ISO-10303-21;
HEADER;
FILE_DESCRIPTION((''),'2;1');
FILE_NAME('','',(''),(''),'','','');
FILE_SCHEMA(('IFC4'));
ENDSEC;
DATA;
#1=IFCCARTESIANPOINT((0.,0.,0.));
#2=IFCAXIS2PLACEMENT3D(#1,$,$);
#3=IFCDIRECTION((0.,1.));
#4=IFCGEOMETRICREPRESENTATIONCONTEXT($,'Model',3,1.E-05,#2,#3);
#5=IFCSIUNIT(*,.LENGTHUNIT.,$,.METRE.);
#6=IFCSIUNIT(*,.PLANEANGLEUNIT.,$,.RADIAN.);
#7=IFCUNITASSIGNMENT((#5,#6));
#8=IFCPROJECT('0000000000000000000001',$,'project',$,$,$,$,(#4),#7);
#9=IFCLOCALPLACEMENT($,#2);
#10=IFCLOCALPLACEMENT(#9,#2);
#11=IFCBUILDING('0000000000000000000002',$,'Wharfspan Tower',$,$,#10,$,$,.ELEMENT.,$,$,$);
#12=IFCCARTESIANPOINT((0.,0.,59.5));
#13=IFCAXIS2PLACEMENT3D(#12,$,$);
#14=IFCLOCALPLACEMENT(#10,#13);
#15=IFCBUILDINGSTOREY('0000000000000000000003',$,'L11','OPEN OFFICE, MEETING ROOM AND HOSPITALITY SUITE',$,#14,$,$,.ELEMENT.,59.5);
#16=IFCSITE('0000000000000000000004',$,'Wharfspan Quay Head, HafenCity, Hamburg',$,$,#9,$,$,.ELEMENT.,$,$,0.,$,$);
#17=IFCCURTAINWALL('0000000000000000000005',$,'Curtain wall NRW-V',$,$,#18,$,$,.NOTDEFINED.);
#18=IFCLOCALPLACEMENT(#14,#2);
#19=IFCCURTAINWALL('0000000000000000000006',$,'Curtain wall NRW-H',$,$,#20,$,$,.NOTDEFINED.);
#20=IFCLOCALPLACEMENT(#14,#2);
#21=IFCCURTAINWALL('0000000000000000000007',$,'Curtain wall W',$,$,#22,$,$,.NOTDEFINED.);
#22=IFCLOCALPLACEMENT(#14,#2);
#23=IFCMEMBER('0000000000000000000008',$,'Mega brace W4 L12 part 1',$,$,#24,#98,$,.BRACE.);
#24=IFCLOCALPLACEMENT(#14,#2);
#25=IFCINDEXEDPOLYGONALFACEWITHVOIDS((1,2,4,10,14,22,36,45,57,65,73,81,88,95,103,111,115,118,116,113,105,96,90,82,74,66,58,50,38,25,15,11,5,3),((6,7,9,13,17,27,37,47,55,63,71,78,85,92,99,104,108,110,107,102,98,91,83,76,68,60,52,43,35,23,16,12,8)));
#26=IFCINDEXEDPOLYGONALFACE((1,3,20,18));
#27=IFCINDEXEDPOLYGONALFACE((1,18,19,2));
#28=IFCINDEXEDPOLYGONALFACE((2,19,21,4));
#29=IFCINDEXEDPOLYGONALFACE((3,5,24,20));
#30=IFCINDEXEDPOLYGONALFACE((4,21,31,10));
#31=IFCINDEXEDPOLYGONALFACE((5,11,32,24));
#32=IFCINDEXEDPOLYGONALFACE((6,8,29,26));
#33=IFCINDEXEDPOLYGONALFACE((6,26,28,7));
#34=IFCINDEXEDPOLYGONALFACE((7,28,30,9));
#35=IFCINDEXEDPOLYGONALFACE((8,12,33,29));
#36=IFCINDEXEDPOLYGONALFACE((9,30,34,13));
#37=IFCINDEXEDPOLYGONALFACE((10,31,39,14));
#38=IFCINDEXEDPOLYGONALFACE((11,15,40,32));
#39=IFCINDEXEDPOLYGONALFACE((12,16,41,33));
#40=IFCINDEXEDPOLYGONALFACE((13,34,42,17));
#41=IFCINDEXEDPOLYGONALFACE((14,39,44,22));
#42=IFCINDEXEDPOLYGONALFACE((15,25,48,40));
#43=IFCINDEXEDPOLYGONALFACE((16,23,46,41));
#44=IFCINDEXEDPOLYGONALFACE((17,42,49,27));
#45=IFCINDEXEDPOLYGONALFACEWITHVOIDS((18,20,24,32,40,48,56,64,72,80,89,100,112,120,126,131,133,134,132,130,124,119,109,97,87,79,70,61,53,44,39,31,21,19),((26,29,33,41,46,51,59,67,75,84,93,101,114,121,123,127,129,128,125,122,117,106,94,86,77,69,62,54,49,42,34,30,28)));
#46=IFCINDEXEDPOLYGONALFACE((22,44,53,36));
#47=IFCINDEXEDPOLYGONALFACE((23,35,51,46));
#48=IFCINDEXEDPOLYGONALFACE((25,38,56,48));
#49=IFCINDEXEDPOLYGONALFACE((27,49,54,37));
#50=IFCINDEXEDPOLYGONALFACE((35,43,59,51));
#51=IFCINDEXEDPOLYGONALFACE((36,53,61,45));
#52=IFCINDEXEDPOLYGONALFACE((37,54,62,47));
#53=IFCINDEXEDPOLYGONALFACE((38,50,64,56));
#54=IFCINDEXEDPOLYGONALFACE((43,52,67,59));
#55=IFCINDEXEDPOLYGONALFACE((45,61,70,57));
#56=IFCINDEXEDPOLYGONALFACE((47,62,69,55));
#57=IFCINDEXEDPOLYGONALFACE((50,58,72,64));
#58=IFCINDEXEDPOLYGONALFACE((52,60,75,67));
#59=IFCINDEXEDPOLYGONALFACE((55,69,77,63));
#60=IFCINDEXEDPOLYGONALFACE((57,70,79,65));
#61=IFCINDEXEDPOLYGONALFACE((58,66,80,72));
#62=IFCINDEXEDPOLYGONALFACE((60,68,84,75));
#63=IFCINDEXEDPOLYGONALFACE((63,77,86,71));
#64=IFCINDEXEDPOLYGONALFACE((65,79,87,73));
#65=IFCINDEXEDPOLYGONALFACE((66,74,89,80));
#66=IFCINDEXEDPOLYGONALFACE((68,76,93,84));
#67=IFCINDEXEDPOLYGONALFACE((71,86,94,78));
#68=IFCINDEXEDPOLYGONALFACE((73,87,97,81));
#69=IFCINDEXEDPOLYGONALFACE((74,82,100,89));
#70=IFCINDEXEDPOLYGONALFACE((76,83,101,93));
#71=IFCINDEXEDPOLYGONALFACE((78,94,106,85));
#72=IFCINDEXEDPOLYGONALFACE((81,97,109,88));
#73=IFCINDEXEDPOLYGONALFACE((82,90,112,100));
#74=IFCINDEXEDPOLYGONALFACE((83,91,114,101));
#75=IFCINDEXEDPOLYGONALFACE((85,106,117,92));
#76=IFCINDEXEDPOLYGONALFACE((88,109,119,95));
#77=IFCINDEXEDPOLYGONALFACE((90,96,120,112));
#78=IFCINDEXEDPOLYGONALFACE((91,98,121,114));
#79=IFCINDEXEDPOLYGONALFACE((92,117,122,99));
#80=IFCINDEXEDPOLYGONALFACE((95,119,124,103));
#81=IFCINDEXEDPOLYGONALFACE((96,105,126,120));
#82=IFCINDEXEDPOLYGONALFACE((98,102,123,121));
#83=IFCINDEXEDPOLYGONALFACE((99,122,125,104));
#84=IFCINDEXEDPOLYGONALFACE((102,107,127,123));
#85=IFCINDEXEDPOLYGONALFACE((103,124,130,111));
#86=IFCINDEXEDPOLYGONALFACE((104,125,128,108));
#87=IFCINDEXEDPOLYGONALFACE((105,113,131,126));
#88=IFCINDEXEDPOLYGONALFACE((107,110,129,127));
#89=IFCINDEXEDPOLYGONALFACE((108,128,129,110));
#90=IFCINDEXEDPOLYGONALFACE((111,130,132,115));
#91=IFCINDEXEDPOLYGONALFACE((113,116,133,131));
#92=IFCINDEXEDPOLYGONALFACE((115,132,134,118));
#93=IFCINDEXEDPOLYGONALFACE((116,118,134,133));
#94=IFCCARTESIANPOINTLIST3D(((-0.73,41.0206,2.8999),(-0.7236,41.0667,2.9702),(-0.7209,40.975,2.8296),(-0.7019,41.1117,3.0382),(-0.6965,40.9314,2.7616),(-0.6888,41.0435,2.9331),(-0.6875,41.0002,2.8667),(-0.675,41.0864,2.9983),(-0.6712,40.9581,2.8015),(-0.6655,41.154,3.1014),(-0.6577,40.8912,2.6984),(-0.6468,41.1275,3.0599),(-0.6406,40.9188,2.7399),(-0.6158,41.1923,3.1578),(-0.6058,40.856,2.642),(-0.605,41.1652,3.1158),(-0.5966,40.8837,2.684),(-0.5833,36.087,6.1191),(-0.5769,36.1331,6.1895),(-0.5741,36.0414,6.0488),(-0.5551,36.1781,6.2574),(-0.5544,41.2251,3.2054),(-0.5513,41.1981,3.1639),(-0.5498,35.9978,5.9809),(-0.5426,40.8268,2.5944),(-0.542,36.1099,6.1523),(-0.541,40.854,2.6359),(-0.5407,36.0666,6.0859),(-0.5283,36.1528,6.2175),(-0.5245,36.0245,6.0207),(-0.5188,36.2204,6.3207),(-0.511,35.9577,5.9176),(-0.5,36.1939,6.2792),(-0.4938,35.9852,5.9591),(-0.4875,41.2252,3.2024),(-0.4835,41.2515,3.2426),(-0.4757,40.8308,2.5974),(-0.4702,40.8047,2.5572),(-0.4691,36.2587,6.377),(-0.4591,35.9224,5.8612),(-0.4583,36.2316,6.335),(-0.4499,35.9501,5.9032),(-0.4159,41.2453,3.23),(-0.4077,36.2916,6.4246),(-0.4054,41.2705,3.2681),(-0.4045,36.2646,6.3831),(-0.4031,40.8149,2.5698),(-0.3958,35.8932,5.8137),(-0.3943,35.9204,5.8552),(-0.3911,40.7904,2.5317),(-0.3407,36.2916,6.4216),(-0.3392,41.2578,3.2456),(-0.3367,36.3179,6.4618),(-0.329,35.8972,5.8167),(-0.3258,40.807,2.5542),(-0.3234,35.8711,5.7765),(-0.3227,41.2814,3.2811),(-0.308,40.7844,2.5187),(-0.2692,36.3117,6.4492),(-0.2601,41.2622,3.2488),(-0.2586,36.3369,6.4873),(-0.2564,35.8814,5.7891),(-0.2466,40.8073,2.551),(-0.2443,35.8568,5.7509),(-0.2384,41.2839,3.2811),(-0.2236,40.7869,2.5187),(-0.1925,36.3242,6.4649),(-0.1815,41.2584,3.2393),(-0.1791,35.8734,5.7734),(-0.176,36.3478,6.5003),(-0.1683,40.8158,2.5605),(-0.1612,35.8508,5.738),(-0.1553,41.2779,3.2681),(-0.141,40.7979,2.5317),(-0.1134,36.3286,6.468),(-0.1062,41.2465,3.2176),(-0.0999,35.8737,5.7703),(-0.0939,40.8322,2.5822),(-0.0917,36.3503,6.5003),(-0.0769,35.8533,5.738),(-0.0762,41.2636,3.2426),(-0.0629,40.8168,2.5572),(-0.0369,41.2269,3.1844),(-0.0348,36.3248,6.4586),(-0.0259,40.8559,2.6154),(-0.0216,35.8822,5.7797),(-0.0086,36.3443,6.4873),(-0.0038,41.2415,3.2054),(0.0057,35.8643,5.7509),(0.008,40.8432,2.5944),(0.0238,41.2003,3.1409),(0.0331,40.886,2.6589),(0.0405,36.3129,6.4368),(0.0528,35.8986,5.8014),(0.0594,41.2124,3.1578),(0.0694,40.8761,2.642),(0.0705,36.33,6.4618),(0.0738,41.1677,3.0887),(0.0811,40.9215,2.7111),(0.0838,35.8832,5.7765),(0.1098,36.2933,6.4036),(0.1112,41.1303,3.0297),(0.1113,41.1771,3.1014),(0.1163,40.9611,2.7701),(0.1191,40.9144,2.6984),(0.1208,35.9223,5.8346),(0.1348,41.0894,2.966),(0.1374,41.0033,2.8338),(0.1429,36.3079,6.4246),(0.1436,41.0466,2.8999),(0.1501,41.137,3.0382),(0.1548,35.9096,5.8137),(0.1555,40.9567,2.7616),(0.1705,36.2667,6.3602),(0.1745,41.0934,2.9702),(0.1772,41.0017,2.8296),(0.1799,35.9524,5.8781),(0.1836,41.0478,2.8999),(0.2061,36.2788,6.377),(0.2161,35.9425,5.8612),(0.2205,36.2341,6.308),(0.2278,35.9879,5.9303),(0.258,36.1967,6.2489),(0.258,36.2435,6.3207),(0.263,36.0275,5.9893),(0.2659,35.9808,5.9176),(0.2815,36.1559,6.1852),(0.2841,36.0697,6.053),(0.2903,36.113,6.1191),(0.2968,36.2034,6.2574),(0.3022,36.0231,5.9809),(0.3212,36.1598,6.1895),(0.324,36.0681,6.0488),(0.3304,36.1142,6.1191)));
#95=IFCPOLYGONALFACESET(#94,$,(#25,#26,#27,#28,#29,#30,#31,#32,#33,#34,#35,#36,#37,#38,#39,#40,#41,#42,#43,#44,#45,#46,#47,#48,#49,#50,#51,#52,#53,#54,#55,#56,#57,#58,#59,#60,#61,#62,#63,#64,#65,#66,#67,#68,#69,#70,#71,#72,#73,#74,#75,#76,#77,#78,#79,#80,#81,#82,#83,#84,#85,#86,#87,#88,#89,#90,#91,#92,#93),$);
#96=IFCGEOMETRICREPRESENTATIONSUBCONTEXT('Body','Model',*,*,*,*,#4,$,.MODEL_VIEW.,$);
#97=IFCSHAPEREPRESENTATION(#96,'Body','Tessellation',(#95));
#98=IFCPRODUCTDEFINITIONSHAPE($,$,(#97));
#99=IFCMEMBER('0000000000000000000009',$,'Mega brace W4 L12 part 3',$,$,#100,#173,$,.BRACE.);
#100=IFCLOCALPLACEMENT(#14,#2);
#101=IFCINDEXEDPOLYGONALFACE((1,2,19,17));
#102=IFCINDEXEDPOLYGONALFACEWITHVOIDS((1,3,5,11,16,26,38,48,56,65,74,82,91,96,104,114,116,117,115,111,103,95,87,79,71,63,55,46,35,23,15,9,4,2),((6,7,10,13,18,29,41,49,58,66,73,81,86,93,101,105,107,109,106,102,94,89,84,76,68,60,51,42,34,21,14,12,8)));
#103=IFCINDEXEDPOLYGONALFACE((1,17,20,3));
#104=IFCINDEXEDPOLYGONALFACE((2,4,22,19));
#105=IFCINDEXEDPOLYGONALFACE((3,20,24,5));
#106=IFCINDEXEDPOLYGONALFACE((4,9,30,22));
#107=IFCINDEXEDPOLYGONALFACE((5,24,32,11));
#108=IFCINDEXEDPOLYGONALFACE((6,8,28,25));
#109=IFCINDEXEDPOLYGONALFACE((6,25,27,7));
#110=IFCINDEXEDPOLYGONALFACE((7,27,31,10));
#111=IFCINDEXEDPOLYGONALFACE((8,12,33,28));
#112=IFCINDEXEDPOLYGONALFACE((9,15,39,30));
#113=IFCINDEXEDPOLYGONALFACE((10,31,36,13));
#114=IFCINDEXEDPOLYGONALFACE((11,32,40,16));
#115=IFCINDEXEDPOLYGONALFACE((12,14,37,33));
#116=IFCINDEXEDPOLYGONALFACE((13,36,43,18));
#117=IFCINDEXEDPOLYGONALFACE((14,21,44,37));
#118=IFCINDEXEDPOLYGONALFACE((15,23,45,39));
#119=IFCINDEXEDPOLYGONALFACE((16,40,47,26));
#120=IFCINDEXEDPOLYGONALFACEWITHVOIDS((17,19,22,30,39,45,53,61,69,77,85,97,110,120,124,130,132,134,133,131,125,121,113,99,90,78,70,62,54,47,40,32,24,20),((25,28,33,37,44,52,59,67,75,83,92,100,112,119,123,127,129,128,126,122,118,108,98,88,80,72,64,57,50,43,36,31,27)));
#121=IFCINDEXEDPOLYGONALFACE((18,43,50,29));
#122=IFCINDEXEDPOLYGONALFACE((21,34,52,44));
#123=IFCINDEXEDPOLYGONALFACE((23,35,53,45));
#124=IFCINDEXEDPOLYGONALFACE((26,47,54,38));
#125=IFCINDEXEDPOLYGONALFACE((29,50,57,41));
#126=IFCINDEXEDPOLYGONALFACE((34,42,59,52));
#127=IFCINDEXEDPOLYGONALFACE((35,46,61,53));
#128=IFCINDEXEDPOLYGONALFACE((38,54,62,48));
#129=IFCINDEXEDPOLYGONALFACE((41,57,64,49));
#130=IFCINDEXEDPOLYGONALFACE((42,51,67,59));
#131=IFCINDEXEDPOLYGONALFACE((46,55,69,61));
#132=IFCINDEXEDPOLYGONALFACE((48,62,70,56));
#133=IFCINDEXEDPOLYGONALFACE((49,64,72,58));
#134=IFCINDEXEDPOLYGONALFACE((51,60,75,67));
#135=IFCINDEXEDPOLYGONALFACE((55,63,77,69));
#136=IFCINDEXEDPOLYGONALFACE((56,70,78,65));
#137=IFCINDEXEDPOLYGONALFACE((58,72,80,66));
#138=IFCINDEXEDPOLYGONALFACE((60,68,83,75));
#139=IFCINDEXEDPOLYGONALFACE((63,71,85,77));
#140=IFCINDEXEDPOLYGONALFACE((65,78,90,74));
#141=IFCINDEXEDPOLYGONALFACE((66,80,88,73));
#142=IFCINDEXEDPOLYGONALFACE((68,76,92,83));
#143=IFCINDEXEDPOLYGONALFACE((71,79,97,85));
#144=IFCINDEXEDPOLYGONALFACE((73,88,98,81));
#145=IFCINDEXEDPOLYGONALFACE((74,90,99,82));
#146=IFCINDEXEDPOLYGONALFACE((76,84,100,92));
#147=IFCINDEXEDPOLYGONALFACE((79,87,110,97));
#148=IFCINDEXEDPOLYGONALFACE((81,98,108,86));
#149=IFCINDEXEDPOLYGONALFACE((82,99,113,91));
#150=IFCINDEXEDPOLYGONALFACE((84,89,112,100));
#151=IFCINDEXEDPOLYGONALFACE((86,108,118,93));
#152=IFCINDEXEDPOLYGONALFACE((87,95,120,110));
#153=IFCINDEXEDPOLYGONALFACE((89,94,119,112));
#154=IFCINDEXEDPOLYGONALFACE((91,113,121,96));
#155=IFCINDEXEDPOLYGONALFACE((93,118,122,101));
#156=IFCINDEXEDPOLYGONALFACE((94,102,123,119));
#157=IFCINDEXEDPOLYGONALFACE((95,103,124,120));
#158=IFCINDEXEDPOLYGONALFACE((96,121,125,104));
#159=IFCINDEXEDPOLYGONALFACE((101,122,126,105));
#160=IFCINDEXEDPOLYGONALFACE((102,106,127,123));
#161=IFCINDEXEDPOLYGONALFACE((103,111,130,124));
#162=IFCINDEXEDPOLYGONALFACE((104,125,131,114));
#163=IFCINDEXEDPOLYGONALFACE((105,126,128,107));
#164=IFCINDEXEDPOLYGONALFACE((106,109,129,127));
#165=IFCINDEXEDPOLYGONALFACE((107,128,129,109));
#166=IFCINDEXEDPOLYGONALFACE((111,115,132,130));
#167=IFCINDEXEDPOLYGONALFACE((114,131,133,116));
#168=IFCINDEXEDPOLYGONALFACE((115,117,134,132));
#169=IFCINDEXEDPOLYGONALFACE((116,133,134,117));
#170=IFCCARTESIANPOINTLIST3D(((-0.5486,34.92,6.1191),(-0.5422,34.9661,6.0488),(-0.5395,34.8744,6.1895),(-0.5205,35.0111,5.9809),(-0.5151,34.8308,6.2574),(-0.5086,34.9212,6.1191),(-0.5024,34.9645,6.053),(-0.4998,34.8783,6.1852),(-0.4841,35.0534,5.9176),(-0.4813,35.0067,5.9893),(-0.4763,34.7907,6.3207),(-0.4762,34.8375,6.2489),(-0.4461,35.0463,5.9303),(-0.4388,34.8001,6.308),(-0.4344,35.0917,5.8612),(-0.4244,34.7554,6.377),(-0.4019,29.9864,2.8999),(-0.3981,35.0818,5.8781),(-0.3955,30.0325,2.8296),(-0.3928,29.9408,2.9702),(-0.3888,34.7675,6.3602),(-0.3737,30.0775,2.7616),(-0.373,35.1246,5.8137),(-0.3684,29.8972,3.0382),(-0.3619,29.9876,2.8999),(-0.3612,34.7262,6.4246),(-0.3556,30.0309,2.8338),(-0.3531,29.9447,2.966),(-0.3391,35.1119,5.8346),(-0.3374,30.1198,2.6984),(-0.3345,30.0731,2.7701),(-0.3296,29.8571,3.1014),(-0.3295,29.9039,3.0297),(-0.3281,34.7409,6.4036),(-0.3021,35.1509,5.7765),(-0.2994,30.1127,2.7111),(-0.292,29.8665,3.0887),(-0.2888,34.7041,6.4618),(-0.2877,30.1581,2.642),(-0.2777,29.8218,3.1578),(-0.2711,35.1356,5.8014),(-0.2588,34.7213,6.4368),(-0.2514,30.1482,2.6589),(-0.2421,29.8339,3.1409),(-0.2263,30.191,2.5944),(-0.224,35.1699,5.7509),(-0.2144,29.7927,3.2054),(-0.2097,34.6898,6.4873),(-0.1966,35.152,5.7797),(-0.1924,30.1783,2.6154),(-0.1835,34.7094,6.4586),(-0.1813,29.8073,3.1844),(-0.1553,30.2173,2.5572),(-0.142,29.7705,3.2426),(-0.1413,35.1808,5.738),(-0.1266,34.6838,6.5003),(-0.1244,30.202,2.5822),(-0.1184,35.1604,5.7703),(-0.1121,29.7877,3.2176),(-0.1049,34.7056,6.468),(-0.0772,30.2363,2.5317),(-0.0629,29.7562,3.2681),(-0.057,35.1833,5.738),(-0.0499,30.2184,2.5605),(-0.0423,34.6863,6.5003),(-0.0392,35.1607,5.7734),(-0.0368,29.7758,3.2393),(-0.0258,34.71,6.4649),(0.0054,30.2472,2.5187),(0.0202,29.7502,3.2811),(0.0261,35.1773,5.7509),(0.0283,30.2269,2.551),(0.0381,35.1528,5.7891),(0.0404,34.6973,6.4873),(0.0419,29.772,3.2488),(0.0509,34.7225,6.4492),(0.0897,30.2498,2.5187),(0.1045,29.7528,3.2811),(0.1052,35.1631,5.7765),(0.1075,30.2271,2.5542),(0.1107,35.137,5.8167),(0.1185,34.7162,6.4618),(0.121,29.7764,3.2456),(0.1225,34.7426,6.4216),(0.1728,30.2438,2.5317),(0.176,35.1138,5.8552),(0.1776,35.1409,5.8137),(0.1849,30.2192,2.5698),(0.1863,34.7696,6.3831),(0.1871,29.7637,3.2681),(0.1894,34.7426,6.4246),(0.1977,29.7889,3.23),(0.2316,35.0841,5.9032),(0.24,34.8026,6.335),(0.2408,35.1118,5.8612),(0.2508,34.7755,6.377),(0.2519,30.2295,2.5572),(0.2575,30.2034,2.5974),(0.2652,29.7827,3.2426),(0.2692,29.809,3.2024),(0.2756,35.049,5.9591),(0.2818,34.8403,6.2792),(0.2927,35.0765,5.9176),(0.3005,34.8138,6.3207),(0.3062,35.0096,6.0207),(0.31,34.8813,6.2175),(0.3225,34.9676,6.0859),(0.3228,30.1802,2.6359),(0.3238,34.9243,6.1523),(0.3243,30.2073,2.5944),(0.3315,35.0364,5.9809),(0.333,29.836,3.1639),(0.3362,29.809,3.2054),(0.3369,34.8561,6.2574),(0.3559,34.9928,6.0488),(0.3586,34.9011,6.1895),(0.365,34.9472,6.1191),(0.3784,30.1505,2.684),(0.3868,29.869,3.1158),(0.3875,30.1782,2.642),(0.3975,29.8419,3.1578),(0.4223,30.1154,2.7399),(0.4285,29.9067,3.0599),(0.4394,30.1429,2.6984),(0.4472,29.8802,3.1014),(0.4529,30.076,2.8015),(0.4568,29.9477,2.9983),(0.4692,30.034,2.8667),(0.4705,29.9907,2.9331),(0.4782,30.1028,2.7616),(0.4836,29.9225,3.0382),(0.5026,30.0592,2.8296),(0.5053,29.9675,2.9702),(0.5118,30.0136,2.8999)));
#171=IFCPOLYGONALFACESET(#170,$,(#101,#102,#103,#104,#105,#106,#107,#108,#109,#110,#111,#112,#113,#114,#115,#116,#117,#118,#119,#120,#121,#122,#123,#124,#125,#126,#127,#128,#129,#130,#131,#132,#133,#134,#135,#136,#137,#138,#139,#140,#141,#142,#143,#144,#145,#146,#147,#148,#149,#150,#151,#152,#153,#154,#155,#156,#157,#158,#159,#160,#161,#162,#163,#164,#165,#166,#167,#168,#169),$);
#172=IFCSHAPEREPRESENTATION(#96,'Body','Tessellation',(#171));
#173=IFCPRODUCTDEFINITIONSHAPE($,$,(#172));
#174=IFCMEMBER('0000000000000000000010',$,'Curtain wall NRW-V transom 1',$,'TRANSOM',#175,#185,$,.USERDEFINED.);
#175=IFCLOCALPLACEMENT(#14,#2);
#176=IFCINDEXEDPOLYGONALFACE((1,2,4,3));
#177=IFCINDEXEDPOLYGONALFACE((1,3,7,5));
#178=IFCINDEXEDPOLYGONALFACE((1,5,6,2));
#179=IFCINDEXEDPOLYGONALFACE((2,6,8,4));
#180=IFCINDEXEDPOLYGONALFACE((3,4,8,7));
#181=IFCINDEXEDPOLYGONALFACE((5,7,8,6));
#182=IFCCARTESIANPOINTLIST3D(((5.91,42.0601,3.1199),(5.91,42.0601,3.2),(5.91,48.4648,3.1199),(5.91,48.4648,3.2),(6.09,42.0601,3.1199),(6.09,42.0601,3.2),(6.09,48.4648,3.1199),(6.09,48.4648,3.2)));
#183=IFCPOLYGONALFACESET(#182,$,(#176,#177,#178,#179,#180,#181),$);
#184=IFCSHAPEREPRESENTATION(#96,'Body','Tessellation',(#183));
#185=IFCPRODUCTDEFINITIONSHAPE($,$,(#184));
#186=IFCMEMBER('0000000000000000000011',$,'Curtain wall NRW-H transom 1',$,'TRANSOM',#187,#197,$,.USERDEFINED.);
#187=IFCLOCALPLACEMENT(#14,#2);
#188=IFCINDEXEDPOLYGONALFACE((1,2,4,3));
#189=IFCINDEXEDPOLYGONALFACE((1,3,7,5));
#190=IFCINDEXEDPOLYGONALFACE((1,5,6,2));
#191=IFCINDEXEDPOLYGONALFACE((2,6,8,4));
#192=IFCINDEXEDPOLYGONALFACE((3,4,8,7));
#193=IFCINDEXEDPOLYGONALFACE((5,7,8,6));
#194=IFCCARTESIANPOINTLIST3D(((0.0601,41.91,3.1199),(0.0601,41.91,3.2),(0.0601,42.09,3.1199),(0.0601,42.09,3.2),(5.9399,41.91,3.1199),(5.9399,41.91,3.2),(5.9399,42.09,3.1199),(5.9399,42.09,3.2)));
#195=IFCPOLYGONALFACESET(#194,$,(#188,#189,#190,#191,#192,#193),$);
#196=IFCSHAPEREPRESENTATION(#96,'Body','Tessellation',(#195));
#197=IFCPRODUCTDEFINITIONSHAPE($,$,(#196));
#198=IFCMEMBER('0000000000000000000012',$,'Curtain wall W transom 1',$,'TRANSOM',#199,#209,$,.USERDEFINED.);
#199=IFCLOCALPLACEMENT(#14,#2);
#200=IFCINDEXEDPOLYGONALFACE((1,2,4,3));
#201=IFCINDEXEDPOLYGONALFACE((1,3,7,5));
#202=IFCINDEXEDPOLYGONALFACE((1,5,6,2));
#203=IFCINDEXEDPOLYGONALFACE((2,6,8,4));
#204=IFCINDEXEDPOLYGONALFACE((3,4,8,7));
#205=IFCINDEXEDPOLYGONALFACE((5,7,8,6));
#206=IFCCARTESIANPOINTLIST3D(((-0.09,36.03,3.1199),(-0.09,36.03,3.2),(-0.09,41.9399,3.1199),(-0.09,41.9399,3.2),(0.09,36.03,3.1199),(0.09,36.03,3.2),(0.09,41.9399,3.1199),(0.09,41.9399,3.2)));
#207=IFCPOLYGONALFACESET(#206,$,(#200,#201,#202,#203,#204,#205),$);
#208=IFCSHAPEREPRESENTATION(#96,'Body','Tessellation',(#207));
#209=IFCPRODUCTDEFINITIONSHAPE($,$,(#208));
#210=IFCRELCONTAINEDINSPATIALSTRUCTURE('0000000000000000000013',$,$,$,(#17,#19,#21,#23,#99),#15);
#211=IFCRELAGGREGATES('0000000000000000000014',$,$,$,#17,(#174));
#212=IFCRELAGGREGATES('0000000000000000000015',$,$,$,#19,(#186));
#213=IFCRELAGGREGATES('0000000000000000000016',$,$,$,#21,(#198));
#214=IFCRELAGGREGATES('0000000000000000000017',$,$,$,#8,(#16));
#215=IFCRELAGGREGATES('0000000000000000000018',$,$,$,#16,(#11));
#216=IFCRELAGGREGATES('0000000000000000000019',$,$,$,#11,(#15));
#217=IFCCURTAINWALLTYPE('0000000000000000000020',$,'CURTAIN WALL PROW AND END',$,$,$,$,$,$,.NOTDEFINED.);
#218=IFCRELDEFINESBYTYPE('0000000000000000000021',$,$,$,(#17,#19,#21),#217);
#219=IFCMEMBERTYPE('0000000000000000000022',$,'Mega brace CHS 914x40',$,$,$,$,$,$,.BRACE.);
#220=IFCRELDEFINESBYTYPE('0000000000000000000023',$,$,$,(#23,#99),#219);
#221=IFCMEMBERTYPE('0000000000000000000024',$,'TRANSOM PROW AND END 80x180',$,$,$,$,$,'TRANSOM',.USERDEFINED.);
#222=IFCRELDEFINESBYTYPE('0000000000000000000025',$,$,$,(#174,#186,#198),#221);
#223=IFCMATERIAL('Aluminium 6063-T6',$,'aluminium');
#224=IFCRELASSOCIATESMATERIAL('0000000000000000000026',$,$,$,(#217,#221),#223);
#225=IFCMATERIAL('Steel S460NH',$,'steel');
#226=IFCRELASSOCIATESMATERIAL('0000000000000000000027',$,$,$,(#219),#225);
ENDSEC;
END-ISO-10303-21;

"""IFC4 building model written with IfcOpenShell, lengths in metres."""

from ifc_helpers import new_model, si_unit, direction, frame, origin, origin_2d, place, context, subcontext, project, spatial, rectangle, hollow_circle, extrude, material, material_profile, profile_set, type_object, element, aggregate, save


model = new_model("IFC4")

# Units and contexts
model_context = context("Model", 3, precision=1e-05, world=origin(), true_north=direction((0.0, 1.0)))
body_context = subcontext(model_context, "Body", "Model", "MODEL_VIEW")
ifc_project = project(units=[si_unit("LENGTHUNIT", "METRE"), si_unit("PLANEANGLEUNIT", "RADIAN")], contexts=[model_context])

# Site, building, storey
site_placement = place(None, origin())
site = spatial("IfcSite", under=ifc_project, at=site_placement, Name="Wharfspan Quay Head, HafenCity, Hamburg", CompositionType="ELEMENT", RefElevation=0.0)
building_placement = place(site_placement, origin())
building = spatial("IfcBuilding", under=site, at=building_placement, Name="Wharfspan Tower", CompositionType="ELEMENT")
storey_placement = place(building_placement, frame((0.0, 0.0, 59.5)))
storey = spatial("IfcBuildingStorey", under=building, at=storey_placement, Name="L11", Description="OPEN OFFICE, MEETING ROOM AND HOSPITALITY SUITE", CompositionType="ELEMENT", Elevation=59.5)

# Curtain walls
ifc_material_1 = material(Name="Aluminium 6063-T6", Category="aluminium")
curtain_wall_type = type_object("IfcCurtainWallType", Name="CURTAIN WALL PROW AND END", PredefinedType="NOTDEFINED", material=ifc_material_1)
curtain_wall_1_placement = place(storey_placement, origin())
curtain_wall_1 = element("IfcCurtainWall", 1, at=curtain_wall_1_placement, inside=storey, type_object=curtain_wall_type, Name="Curtain wall NRW-V", PredefinedType="NOTDEFINED")
curtain_wall_2_placement = place(storey_placement, origin())
curtain_wall_2 = element("IfcCurtainWall", 2, at=curtain_wall_2_placement, inside=storey, type_object=curtain_wall_type, Name="Curtain wall NRW-H", PredefinedType="NOTDEFINED")
curtain_wall_3_placement = place(storey_placement, origin())
curtain_wall_3 = element("IfcCurtainWall", 3, at=curtain_wall_3_placement, inside=storey, type_object=curtain_wall_type, Name="Curtain wall W", PredefinedType="NOTDEFINED")

# Members
ifc_material_2 = material(Name="Steel S460NH", Category="steel")
ifc_material_profile_1 = material_profile(ifc_material_2, hollow_circle(Radius=0.457, WallThickness=0.04, at=origin_2d()))
ifc_profile_set_1 = profile_set([ifc_material_profile_1], Name="Steel S460NH")
member_type_1 = type_object("IfcMemberType", Name="Mega brace CHS 914x40", PredefinedType="BRACE", material=ifc_profile_set_1)
for number, where, z_axis, x_axis, name in (
    (4, (-0.2732, 41.0342, 2.8999), (0.0249, -0.837221, 0.546298), (0.999556, 0.02973, 0.000003), "Mega brace W4 L12 part 1"),
    (5, (0.0549, 30.0, 2.8999), (-0.0249, 0.837221, 0.546298), (-0.999556, -0.02973, 0.000003), "Mega brace W4 L12 part 3"),
):
    element("IfcMember", number, at=place(storey_placement, frame(where, z_axis=z_axis, x_axis=x_axis)), inside=storey, type_object=member_type_1, Name=name, PredefinedType="BRACE", context=body_context, shape_type="SweptSolid", body=[
        extrude(hollow_circle(Radius=0.457, WallThickness=0.04, at=origin_2d()), origin(), (0.0, 0.0, 1.0), 5.8928),
    ])

# Members
ifc_material_profile_2 = material_profile(ifc_material_1, rectangle(XDim=0.1799, YDim=0.0801, at=origin_2d()))
ifc_profile_set_2 = profile_set([ifc_material_profile_2], Name="Aluminium 6063-T6")
member_type_2 = type_object("IfcMemberType", Name="TRANSOM PROW AND END 80x180", ElementType="TRANSOM", PredefinedType="USERDEFINED", material=ifc_profile_set_2)
member_1_placement = place(storey_placement, frame((6.0, 48.4648, 3.1599), z_axis=(0.0, -1.0, 0.0), x_axis=(1.0, 0.0, 0.0)))
member_1 = element("IfcMember", 6, at=member_1_placement, type_object=member_type_2, Name="Curtain wall NRW-V transom 1", ObjectType="TRANSOM", PredefinedType="USERDEFINED", context=body_context, shape_type="SweptSolid", body=[
    extrude(rectangle(XDim=0.1799, YDim=0.0801, at=origin_2d()), origin(), (0.0, 0.0, 1.0), 6.4048),
])
member_2_placement = place(storey_placement, frame((5.9399, 42.0, 3.1599), z_axis=(-1.0, 0.0, 0.0), x_axis=(0.0, -1.0, 0.0)))
member_2 = element("IfcMember", 7, at=member_2_placement, type_object=member_type_2, Name="Curtain wall NRW-H transom 1", ObjectType="TRANSOM", PredefinedType="USERDEFINED", context=body_context, shape_type="SweptSolid", body=[
    extrude(rectangle(XDim=0.1799, YDim=0.0801, at=origin_2d()), origin(), (0.0, 0.0, 1.0), 5.8799),
])
member_3_placement = place(storey_placement, frame((0.0, 41.9399, 3.1599), z_axis=(0.0, -1.0, 0.0), x_axis=(1.0, 0.0, 0.0)))
member_3 = element("IfcMember", 8, at=member_3_placement, type_object=member_type_2, Name="Curtain wall W transom 1", ObjectType="TRANSOM", PredefinedType="USERDEFINED", context=body_context, shape_type="SweptSolid", body=[
    extrude(rectangle(XDim=0.1799, YDim=0.0801, at=origin_2d()), origin(), (0.0, 0.0, 1.0), 5.9099),
])

aggregate(curtain_wall_1, [member_1])
aggregate(curtain_wall_2, [member_2])
aggregate(curtain_wall_3, [member_3])

save(model, "model.ifc")
